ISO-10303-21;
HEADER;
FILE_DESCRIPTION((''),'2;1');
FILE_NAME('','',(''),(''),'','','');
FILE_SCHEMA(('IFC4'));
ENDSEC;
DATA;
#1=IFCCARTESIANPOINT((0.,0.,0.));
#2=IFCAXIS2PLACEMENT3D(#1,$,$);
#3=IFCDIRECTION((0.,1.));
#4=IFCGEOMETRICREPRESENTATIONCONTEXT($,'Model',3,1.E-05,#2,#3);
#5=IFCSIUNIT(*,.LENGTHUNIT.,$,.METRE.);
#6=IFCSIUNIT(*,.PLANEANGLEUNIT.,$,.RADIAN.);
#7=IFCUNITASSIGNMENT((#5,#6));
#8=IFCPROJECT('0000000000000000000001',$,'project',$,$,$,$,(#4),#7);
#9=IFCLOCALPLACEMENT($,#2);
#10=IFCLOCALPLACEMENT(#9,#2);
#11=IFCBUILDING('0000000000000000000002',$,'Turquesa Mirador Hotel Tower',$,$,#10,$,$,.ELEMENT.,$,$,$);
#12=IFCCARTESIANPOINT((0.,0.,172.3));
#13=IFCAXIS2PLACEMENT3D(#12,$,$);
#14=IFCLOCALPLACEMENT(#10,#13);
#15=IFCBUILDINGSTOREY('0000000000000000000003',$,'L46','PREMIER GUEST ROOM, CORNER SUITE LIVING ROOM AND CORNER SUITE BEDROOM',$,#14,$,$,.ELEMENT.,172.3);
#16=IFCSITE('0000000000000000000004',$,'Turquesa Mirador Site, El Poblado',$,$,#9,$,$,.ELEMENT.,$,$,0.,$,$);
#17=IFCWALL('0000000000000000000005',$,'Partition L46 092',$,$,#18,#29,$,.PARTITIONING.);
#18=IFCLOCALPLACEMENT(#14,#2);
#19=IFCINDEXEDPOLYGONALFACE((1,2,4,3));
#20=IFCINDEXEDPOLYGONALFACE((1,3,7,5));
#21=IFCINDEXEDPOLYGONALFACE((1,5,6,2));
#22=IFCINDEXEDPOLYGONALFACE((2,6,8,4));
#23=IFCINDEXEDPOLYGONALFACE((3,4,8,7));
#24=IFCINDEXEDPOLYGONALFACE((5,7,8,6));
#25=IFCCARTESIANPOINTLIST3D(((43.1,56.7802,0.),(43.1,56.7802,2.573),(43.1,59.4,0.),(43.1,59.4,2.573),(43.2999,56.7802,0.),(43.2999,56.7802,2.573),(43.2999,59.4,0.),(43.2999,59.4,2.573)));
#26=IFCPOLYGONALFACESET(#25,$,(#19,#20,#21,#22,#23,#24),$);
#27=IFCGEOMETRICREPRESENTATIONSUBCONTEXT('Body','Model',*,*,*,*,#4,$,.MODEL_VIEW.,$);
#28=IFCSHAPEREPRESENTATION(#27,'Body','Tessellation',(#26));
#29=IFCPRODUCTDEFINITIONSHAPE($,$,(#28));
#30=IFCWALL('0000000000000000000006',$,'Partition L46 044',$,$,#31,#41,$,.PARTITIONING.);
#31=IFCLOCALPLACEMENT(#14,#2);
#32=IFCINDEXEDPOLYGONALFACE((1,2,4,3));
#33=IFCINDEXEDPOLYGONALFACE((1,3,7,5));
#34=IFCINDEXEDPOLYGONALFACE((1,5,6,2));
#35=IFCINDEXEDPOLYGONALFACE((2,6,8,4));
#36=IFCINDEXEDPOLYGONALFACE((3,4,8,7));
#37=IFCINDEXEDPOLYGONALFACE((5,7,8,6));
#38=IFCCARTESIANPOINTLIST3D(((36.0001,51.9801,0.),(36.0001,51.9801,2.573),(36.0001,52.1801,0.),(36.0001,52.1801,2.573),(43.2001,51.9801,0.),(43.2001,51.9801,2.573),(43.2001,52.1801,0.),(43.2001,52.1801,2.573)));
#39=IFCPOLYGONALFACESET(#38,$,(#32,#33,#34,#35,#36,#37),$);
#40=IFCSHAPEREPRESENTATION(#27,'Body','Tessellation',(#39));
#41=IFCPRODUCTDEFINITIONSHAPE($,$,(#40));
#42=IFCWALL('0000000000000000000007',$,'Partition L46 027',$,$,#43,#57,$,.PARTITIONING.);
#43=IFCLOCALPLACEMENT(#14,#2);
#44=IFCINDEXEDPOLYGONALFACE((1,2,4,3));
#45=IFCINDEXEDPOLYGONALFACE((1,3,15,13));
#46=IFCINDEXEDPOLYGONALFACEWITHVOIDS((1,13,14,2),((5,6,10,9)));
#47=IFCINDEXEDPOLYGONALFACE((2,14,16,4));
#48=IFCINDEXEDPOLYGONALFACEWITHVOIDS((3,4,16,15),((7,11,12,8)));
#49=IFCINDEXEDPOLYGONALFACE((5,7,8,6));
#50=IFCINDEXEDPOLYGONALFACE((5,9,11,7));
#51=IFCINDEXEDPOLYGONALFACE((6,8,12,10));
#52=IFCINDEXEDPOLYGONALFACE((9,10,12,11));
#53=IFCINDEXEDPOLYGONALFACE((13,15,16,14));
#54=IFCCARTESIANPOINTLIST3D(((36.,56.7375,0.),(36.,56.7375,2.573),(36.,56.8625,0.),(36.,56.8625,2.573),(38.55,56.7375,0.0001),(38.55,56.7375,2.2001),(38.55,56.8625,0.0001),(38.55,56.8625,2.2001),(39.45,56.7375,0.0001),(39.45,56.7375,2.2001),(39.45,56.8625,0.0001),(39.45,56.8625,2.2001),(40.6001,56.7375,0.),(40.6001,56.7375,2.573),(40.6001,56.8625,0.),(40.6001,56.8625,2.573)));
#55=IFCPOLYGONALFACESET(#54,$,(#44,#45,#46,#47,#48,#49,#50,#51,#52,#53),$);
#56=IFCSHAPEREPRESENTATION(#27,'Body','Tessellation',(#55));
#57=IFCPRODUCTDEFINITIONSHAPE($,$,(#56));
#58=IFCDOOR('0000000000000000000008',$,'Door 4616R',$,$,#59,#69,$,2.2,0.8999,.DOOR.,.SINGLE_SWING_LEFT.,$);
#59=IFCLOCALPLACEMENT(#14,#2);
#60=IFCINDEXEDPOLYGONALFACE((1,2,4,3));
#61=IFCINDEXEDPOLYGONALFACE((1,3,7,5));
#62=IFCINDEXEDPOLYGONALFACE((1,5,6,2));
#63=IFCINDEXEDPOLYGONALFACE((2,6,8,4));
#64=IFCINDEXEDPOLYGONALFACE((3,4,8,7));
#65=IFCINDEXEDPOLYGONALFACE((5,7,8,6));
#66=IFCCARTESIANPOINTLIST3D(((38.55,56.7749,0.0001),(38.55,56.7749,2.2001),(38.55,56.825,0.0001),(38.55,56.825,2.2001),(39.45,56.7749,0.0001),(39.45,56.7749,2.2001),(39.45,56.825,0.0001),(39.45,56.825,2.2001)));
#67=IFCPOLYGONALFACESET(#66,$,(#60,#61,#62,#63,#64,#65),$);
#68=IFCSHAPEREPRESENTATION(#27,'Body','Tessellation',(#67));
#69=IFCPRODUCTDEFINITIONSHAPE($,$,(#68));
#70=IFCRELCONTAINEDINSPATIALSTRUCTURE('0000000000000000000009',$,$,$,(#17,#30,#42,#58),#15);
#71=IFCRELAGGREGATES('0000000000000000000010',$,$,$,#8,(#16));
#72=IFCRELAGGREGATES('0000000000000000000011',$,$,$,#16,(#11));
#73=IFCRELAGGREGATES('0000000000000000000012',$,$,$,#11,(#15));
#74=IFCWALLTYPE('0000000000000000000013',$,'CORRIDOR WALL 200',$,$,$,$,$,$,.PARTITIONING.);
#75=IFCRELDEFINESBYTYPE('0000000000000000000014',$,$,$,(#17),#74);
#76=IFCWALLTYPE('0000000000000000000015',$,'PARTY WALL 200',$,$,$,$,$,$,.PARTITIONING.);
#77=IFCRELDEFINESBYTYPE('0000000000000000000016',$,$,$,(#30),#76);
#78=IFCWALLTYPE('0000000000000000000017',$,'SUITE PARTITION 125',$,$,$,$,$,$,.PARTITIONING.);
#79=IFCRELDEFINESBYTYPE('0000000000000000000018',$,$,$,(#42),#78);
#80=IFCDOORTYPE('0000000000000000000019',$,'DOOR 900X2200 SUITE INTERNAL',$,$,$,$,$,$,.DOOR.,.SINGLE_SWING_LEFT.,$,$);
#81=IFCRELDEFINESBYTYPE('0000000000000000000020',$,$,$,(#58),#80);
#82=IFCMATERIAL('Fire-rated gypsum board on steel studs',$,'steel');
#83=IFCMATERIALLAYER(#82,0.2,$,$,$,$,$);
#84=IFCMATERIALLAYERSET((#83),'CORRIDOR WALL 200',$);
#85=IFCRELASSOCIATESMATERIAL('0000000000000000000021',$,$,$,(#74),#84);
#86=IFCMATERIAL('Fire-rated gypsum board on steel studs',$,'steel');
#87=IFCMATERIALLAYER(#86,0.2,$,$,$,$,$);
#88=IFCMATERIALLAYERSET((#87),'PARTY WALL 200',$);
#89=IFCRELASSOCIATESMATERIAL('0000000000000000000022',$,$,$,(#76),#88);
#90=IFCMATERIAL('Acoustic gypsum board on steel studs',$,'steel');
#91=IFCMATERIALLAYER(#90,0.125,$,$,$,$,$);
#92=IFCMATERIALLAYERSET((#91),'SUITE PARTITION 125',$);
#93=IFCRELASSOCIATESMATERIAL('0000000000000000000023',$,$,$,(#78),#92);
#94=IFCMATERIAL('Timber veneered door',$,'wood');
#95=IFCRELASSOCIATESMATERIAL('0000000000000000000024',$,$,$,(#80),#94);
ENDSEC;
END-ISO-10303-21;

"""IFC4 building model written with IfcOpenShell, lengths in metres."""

from ifc_helpers import new_model, si_unit, direction, frame, frame_2d, origin, place, context, subcontext, project, spatial, rectangle, extrude, material, layer, layer_set, type_object, element, fill, save


model = new_model("IFC4")

# Units and contexts
model_context = context("Model", 3, precision=1e-05, world=origin(), true_north=direction((0.0, 1.0)))
body_context = subcontext(model_context, "Body", "Model", "MODEL_VIEW")
ifc_project = project(units=[si_unit("LENGTHUNIT", "METRE"), si_unit("PLANEANGLEUNIT", "RADIAN")], contexts=[model_context])

# Site, building, storey
site_placement = place(None, origin())
site = spatial("IfcSite", under=ifc_project, at=site_placement, Name="Turquesa Mirador Site, El Poblado", CompositionType="ELEMENT", RefElevation=0.0)
building_placement = place(site_placement, origin())
building = spatial("IfcBuilding", under=site, at=building_placement, Name="Turquesa Mirador Hotel Tower", CompositionType="ELEMENT")
storey_placement = place(building_placement, frame((0.0, 0.0, 172.3)))
storey = spatial("IfcBuildingStorey", under=building, at=storey_placement, Name="L46", Description="PREMIER GUEST ROOM, CORNER SUITE LIVING ROOM AND CORNER SUITE BEDROOM", CompositionType="ELEMENT", Elevation=172.3)

# Shared definitions
ifc_material_1 = material(Name="Fire-rated gypsum board on steel studs", Category="steel")
ifc_layer_1 = layer(ifc_material_1, 0.2)
ifc_layer_set_1 = layer_set([ifc_layer_1], Name="CORRIDOR WALL 200")
wall_type_1 = type_object("IfcWallType", Name="CORRIDOR WALL 200", PredefinedType="PARTITIONING", material=ifc_layer_set_1)

# Walls
wall_1_placement = place(storey_placement, frame((43.2, 56.78, 0.0), z_axis=(0.0, 0.0, 1.0), x_axis=(0.0, 1.0, 0.0)))
element("IfcWall", 1, at=wall_1_placement, inside=storey, type_object=wall_type_1, Name="Partition L46 092", PredefinedType="PARTITIONING", context=body_context, shape_type="SweptSolid", body=[
    extrude(rectangle(XDim=2.6199, YDim=0.2, at=frame_2d((1.3101, 0.0))), origin(), (0.0, 0.0, 1.0), 2.573),
])
ifc_material_2 = material(Name="Fire-rated gypsum board on steel studs", Category="steel")
ifc_layer_2 = layer(ifc_material_2, 0.2)
ifc_layer_set_2 = layer_set([ifc_layer_2], Name="PARTY WALL 200")
wall_type_2 = type_object("IfcWallType", Name="PARTY WALL 200", PredefinedType="PARTITIONING", material=ifc_layer_set_2)
wall_2_placement = place(storey_placement, frame((36.0, 52.0801, 0.0), z_axis=(0.0, 0.0, 1.0), x_axis=(1.0, 0.0, 0.0)))
element("IfcWall", 2, at=wall_2_placement, inside=storey, type_object=wall_type_2, Name="Partition L46 044", PredefinedType="PARTITIONING", context=body_context, shape_type="SweptSolid", body=[
    extrude(rectangle(XDim=7.2, YDim=0.2, at=frame_2d((3.6001, 0.0))), origin(), (0.0, 0.0, 1.0), 2.573),
])

# Wall, opening, door
ifc_material_3 = material(Name="Acoustic gypsum board on steel studs", Category="steel")
ifc_layer_3 = layer(ifc_material_3, 0.125)
ifc_layer_set_3 = layer_set([ifc_layer_3], Name="SUITE PARTITION 125")
wall_type_3 = type_object("IfcWallType", Name="SUITE PARTITION 125", PredefinedType="PARTITIONING", material=ifc_layer_set_3)
wall_3_placement = place(storey_placement, frame((36.0, 56.8, 0.0), z_axis=(0.0, 0.0, 1.0), x_axis=(1.0, 0.0, 0.0)))
wall_3 = element("IfcWall", 3, at=wall_3_placement, inside=storey, type_object=wall_type_3, Name="Partition L46 027", PredefinedType="PARTITIONING", context=body_context, shape_type="SweptSolid", body=[
    extrude(rectangle(XDim=4.6001, YDim=0.125, at=frame_2d((2.3, 0.0))), origin(), (0.0, 0.0, 1.0), 2.573),
])
opening_1_placement = place(wall_3_placement, frame((2.55, 0.0, 0.0)))
opening_1 = element("IfcOpeningElement", 4, at=opening_1_placement, cuts=wall_3, PredefinedType="OPENING", context=body_context, shape_type="SweptSolid", body=[
    extrude(rectangle(XDim=0.8999, YDim=2.2, at=frame_2d((0.45, 1.1001))), frame((0.0, 0.0725, 0.0), z_axis=(0.0, -1.0, 0.0), x_axis=(1.0, 0.0, 0.0)), (0.0, 0.0, 1.0), 0.145),
])
ifc_material_4 = material(Name="Timber veneered door", Category="wood")
door_type_1 = type_object("IfcDoorType", Name="DOOR 900X2200 SUITE INTERNAL", OperationType="SINGLE_SWING_LEFT", PredefinedType="DOOR", material=ifc_material_4)
door_1_placement = place(opening_1_placement, origin())
door_1 = element("IfcDoor", 5, at=door_1_placement, inside=storey, type_object=door_type_1, Name="Door 4616R", OperationType="SINGLE_SWING_LEFT", OverallHeight=2.2, OverallWidth=0.8999, PredefinedType="DOOR", context=body_context, shape_type="SweptSolid", body=[
    extrude(rectangle(XDim=0.8999, YDim=2.2, at=frame_2d((0.45, 1.1001))), frame((0.0, 0.0249, 0.0), z_axis=(0.0, -1.0, 0.0), x_axis=(1.0, 0.0, 0.0)), (0.0, 0.0, 1.0), 0.05),
])
fill(opening_1, door_1)

save(model, "model.ifc")
